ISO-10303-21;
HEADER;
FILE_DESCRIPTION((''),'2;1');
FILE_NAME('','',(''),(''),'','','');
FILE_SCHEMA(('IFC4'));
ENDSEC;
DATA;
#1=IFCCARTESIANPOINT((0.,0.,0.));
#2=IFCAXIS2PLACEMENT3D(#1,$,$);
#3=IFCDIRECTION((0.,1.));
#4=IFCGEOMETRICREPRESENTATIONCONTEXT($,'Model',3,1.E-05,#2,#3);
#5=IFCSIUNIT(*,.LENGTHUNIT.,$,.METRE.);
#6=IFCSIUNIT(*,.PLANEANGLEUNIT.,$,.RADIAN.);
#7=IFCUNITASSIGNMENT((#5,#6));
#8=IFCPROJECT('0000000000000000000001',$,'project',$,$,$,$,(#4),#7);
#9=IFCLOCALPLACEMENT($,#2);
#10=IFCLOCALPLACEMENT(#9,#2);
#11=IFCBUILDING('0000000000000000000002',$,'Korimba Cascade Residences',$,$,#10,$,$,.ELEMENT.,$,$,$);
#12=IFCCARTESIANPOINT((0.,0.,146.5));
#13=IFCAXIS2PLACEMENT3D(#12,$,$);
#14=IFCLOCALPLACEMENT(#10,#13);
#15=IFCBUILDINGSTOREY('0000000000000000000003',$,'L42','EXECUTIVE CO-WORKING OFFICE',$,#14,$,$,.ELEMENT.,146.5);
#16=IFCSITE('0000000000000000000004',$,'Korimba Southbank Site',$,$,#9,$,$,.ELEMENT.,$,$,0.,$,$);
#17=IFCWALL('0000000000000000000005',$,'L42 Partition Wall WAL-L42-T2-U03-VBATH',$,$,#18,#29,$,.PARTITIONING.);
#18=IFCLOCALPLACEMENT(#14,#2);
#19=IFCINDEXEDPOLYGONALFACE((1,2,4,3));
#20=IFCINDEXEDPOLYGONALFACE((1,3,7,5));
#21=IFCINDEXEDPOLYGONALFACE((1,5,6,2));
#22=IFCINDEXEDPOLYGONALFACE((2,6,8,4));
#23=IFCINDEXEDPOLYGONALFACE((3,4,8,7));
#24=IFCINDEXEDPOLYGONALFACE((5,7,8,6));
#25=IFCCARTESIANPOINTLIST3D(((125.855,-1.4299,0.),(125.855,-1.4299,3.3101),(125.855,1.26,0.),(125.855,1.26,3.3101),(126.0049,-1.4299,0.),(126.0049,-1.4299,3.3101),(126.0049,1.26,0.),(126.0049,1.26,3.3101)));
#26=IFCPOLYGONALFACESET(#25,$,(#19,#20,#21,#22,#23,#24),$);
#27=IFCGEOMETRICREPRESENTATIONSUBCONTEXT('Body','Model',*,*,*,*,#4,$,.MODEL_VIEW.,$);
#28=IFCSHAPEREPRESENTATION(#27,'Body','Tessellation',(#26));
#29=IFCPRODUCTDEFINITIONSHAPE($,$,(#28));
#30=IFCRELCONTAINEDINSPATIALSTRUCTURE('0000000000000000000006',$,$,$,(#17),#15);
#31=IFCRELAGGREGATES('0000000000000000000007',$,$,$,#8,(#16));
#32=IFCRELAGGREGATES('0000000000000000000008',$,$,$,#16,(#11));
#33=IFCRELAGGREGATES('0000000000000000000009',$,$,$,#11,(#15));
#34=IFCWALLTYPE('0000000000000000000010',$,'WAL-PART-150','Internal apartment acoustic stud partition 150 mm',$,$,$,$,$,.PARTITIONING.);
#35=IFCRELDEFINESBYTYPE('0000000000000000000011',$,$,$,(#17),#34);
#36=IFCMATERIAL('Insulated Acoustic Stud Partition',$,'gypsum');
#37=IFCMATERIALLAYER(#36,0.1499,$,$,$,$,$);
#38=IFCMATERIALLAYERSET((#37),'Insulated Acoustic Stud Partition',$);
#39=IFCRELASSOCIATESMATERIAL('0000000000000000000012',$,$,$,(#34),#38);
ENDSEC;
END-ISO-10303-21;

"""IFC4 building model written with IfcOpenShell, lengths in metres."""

from ifc_helpers import new_model, si_unit, direction, frame, frame_2d, origin, place, context, subcontext, project, spatial, rectangle, extrude, material, layer, layer_set, type_object, element, save


model = new_model("IFC4")

# Units and contexts
model_context = context("Model", 3, precision=1e-05, world=origin(), true_north=direction((0.0, 1.0)))
body_context = subcontext(model_context, "Body", "Model", "MODEL_VIEW")
ifc_project = project(units=[si_unit("LENGTHUNIT", "METRE"), si_unit("PLANEANGLEUNIT", "RADIAN")], contexts=[model_context])

# Site, building, storey
site_placement = place(None, origin())
site = spatial("IfcSite", under=ifc_project, at=site_placement, Name="Korimba Southbank Site", CompositionType="ELEMENT", RefElevation=0.0)
building_placement = place(site_placement, origin())
building = spatial("IfcBuilding", under=site, at=building_placement, Name="Korimba Cascade Residences", CompositionType="ELEMENT")
storey_placement = place(building_placement, frame((0.0, 0.0, 146.5)))
storey = spatial("IfcBuildingStorey", under=building, at=storey_placement, Name="L42", Description="EXECUTIVE CO-WORKING OFFICE", CompositionType="ELEMENT", Elevation=146.5)

# Shared definitions
ifc_material_1 = material(Name="Insulated Acoustic Stud Partition", Category="gypsum")
ifc_layer_1 = layer(ifc_material_1, 0.1499)
ifc_layer_set_1 = layer_set([ifc_layer_1], Name="Insulated Acoustic Stud Partition")
wall_type_1 = type_object("IfcWallType", Name="WAL-PART-150", Description="Internal apartment acoustic stud partition 150 mm", PredefinedType="PARTITIONING", material=ifc_layer_set_1)

# Wall
wall_1_placement = place(storey_placement, frame((125.9299, -1.4299, 0.0), z_axis=(0.0, 0.0, 1.0), x_axis=(0.0, 1.0, 0.0)))
element("IfcWall", 1, at=wall_1_placement, inside=storey, type_object=wall_type_1, Name="L42 Partition Wall WAL-L42-T2-U03-VBATH", PredefinedType="PARTITIONING", context=body_context, shape_type="SweptSolid", body=[
    extrude(rectangle(XDim=2.6899, YDim=0.1499, at=frame_2d((1.345, 0.0))), origin(), (0.0, 0.0, 1.0), 3.3101),
])

save(model, "model.ifc")
